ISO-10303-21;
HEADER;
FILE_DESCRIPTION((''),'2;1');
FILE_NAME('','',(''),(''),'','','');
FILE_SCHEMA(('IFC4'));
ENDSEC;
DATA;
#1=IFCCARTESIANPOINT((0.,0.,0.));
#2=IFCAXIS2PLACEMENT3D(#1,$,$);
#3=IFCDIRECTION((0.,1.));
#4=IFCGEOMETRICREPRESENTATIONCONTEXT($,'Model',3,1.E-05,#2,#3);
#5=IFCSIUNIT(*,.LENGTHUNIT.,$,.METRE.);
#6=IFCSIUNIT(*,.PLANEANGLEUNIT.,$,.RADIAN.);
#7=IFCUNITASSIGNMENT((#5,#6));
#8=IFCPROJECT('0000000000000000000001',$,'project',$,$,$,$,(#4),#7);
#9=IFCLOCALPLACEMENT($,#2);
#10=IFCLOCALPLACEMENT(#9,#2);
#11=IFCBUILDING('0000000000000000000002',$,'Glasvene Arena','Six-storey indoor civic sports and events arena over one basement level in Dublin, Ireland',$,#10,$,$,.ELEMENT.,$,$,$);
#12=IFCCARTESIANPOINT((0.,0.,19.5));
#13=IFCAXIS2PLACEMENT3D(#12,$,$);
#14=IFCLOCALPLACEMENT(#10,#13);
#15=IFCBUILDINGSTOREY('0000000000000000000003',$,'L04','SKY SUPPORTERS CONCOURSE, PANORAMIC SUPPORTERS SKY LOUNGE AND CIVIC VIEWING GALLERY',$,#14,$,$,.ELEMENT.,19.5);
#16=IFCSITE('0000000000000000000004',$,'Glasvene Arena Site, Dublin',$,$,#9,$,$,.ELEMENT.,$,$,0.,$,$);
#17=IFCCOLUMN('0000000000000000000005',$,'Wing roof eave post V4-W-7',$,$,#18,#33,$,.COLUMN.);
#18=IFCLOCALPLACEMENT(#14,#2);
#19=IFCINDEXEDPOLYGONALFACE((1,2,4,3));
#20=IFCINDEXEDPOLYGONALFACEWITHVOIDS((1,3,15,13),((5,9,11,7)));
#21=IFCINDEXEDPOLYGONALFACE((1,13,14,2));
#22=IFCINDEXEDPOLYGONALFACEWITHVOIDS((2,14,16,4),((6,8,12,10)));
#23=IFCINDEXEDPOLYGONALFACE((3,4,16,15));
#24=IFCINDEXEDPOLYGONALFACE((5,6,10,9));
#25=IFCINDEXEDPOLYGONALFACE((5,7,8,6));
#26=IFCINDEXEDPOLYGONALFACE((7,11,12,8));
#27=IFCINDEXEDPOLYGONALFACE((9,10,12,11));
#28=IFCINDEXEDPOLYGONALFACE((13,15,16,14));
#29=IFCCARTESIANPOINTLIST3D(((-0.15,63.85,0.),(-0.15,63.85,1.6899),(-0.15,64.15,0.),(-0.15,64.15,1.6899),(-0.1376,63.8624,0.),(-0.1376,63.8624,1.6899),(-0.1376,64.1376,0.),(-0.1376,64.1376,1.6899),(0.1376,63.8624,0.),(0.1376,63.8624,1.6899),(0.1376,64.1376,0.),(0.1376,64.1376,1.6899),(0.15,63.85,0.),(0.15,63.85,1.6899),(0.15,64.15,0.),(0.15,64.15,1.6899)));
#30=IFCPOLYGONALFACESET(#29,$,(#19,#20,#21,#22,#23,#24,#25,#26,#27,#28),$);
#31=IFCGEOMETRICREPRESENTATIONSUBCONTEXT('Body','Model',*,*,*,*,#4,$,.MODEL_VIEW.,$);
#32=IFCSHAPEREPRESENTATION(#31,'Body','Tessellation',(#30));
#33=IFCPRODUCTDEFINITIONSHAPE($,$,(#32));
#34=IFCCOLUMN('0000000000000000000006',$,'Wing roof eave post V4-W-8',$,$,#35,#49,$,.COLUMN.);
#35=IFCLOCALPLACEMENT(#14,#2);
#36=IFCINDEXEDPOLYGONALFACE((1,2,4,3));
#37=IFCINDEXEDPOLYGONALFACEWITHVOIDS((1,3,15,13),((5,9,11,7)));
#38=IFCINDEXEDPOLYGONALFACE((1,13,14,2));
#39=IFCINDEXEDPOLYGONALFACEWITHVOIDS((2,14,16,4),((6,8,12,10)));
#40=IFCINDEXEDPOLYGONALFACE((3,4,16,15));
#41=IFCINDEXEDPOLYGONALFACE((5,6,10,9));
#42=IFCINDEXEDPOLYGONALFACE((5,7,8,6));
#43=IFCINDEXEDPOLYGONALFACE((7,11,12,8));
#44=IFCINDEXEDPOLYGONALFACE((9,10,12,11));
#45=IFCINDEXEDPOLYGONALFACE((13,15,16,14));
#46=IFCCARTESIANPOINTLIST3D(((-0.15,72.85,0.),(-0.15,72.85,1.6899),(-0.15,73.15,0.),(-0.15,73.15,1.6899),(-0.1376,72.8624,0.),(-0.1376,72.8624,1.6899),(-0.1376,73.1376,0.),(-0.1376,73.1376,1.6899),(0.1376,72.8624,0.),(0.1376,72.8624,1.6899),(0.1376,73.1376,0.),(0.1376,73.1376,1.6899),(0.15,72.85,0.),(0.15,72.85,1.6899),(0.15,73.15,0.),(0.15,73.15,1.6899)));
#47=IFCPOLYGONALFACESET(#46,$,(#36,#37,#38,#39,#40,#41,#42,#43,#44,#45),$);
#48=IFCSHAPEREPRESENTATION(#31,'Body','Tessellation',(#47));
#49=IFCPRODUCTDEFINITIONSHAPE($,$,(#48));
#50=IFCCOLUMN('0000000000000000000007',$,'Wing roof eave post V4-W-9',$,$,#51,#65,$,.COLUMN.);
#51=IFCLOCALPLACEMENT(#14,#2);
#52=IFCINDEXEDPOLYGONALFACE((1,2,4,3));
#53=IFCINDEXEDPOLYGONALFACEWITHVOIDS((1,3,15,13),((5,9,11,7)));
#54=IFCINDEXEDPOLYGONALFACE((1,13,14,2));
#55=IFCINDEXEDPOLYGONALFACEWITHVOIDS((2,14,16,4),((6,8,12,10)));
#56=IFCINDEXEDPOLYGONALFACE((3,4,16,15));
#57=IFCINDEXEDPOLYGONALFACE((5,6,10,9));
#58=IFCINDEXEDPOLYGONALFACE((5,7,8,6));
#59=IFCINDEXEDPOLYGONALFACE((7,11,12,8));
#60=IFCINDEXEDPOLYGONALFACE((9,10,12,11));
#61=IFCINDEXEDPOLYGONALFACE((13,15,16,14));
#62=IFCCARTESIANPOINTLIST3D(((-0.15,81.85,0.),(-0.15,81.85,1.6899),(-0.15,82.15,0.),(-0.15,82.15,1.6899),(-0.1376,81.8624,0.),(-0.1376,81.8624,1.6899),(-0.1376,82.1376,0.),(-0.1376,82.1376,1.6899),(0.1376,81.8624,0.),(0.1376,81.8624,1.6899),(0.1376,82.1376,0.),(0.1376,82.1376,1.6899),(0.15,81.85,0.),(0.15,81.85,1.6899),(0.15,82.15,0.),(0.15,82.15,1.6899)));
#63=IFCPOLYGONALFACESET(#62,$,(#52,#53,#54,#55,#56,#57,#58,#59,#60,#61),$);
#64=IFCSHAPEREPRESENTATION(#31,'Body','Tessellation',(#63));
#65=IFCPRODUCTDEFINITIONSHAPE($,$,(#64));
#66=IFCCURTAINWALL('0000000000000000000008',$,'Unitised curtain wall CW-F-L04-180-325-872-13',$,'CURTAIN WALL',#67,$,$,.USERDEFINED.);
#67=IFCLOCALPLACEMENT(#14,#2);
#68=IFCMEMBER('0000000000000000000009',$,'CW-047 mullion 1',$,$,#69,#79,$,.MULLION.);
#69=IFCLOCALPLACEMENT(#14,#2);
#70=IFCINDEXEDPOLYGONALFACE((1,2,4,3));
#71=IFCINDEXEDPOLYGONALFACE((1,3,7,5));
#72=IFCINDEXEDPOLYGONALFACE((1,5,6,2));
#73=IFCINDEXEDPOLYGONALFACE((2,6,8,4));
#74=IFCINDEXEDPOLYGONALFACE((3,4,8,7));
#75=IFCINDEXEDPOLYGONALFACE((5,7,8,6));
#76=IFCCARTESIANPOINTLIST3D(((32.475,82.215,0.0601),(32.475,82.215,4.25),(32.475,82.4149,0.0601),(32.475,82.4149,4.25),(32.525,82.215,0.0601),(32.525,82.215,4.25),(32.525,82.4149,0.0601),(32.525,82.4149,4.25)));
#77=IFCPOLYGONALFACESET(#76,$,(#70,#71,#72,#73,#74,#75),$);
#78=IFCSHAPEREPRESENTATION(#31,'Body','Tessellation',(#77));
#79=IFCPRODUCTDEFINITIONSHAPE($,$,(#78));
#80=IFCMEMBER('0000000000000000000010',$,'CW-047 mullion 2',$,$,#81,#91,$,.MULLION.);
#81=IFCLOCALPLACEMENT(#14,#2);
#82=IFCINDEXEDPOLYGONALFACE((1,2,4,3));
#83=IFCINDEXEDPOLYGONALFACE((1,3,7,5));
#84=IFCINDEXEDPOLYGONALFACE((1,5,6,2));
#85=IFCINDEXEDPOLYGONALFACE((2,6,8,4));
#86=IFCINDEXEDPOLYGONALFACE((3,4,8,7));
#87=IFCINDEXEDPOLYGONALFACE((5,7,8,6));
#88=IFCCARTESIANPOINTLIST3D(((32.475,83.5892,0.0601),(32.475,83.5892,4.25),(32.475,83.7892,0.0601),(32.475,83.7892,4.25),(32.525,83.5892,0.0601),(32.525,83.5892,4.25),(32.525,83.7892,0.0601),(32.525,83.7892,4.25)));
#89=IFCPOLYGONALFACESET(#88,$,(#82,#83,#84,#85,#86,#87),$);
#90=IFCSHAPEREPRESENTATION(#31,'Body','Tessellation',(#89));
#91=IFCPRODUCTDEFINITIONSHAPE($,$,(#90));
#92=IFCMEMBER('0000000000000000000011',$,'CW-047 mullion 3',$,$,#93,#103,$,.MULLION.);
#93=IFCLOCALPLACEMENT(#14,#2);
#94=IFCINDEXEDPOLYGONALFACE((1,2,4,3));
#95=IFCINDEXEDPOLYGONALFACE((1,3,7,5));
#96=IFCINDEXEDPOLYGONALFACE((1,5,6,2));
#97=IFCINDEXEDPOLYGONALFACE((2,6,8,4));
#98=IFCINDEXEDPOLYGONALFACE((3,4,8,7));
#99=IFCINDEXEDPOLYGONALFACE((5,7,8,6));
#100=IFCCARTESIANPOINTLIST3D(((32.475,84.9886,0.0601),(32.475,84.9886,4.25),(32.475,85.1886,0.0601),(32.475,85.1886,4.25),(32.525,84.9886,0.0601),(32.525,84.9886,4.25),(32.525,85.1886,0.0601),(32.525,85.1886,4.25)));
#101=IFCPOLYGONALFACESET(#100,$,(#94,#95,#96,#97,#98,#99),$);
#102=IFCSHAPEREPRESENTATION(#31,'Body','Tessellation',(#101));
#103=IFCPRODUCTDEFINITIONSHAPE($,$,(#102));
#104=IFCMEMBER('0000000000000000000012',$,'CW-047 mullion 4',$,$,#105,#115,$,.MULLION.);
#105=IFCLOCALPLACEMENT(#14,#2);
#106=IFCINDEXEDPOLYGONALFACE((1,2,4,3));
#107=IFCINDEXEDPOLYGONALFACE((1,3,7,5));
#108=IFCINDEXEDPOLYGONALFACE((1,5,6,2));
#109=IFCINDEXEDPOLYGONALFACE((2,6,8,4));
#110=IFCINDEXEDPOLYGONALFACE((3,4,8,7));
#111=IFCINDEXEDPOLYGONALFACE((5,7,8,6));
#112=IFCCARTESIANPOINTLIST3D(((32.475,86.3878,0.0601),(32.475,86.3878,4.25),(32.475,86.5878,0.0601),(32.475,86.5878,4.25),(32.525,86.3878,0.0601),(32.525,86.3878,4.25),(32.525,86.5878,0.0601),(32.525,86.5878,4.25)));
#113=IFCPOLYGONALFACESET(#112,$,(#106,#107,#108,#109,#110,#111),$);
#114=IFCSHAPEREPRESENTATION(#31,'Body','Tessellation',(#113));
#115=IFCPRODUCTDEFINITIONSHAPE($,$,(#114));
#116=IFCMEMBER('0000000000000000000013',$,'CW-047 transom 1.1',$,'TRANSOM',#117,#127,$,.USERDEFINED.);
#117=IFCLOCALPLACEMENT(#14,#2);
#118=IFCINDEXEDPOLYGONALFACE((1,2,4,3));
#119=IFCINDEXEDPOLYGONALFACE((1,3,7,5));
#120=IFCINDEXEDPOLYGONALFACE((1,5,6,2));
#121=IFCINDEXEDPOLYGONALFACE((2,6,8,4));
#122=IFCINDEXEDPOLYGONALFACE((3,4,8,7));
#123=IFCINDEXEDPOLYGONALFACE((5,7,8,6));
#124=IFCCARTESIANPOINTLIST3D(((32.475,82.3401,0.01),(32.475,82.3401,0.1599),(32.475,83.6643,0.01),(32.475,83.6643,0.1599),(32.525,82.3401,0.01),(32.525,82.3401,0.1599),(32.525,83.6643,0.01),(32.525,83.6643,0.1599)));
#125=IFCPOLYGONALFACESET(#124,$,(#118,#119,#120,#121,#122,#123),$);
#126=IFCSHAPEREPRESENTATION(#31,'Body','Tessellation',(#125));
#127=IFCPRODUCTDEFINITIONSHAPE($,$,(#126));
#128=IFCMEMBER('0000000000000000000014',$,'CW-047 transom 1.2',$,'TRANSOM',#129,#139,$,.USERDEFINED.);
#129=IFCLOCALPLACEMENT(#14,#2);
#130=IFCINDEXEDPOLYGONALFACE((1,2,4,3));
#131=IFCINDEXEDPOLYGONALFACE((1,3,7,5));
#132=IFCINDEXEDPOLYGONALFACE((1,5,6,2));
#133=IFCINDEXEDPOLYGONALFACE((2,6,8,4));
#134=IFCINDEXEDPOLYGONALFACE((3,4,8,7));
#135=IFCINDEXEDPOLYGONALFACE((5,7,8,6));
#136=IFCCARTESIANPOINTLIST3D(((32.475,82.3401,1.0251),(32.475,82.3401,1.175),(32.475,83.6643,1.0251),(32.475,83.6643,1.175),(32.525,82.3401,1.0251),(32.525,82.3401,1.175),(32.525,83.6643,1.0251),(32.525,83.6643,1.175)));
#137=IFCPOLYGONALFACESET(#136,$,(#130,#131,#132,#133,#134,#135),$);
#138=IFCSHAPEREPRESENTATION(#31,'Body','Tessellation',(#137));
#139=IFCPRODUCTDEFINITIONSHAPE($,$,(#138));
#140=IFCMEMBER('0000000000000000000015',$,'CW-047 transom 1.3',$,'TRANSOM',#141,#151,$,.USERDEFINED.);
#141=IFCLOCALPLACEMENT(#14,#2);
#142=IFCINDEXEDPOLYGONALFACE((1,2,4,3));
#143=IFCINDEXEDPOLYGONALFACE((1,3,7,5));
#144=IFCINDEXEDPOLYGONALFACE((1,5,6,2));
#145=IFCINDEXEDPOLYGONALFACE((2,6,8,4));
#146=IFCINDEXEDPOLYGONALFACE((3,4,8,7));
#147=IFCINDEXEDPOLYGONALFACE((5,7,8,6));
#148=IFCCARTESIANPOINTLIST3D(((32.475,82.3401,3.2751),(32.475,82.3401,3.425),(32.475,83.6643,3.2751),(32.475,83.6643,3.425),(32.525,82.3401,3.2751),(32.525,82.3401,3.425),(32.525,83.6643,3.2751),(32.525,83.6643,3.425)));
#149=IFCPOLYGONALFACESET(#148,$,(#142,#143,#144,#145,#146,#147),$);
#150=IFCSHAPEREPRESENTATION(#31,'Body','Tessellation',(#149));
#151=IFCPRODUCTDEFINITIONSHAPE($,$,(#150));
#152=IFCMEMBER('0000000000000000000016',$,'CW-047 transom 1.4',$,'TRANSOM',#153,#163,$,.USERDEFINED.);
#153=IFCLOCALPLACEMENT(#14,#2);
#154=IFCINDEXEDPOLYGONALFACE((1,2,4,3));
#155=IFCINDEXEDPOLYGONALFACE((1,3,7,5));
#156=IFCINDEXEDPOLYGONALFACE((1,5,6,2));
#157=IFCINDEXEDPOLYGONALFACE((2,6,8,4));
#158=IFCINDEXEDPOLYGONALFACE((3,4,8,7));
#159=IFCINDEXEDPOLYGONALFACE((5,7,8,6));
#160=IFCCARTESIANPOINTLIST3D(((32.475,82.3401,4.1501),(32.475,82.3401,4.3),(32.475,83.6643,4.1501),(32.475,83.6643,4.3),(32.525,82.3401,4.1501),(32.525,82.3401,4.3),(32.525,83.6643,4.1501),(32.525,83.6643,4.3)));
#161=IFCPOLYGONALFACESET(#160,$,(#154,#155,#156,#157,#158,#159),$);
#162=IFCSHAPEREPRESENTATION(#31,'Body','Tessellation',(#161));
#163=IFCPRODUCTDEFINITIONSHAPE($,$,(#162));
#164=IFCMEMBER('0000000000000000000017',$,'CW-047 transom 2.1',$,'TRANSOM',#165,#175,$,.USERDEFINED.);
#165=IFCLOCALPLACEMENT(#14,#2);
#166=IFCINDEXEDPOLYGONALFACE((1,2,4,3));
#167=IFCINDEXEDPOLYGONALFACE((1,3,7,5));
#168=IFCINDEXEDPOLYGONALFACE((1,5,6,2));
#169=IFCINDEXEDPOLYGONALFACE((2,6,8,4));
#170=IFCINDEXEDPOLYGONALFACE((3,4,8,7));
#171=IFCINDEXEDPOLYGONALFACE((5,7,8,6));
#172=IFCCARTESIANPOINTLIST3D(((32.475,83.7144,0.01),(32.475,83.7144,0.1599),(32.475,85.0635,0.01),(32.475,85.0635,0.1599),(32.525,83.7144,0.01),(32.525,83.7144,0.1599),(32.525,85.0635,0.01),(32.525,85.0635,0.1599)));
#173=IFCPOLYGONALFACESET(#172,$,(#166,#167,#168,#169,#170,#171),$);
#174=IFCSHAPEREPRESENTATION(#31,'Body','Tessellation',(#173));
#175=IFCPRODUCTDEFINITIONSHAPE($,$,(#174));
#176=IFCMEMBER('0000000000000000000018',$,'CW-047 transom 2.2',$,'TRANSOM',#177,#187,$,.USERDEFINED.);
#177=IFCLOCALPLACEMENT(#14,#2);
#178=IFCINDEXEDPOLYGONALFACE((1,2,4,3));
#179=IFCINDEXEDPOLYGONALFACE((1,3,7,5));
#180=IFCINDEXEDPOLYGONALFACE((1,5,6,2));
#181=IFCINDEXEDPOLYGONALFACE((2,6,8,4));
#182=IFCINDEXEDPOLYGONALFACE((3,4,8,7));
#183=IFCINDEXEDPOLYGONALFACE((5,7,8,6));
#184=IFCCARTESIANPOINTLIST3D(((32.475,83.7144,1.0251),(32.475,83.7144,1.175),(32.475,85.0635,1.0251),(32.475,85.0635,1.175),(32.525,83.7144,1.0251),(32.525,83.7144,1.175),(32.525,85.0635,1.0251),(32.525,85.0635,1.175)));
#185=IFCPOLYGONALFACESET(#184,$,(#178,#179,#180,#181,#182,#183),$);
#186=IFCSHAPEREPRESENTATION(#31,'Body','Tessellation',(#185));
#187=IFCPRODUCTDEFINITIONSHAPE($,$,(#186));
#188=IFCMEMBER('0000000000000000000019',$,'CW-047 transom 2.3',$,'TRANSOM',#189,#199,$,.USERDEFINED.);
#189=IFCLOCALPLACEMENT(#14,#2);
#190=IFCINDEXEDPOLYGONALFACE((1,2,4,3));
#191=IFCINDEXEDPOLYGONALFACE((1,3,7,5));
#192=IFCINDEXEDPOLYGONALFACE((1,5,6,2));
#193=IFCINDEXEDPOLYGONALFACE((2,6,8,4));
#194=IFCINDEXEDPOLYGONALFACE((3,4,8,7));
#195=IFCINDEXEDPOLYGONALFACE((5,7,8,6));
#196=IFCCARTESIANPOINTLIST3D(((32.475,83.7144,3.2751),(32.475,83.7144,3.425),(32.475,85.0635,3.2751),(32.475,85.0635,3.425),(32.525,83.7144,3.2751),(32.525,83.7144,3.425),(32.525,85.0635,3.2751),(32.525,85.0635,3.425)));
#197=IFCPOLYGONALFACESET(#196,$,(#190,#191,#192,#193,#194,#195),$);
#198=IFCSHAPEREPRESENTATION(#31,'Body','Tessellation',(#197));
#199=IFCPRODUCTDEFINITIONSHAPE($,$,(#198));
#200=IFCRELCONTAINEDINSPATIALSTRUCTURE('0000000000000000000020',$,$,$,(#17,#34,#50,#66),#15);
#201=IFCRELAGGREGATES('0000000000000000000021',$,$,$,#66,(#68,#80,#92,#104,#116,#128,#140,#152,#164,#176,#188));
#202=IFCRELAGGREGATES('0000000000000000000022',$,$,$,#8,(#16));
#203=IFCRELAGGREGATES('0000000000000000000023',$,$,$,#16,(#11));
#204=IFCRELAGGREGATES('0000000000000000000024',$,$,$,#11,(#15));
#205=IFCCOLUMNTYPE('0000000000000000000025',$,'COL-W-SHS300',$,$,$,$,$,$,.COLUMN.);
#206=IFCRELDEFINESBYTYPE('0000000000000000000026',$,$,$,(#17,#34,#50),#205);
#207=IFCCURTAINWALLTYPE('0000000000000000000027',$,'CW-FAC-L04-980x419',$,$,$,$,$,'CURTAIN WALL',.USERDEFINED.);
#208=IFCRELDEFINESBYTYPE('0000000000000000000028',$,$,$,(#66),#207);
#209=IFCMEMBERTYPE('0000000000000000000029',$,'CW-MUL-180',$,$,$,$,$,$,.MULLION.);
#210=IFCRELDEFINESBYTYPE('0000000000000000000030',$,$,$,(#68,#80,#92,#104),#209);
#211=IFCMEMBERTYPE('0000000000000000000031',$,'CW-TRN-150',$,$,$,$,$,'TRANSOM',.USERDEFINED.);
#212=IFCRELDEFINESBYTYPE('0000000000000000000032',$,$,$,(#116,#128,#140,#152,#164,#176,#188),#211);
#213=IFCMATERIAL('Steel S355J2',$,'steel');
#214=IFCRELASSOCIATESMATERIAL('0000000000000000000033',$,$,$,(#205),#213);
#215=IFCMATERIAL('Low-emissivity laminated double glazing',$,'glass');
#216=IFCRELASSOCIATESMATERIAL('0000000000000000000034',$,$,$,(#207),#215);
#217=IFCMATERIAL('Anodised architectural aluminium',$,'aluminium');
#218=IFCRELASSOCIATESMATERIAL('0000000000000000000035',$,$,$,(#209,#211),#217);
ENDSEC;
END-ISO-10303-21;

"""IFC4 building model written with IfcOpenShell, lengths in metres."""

from ifc_helpers import new_model, si_unit, direction, frame, origin, origin_2d, place, context, subcontext, project, spatial, rectangle, hollow_rectangle, extrude, material, material_profile, profile_set, type_object, element, aggregate, save


model = new_model("IFC4")

# Units and contexts
model_context = context("Model", 3, precision=1e-05, world=origin(), true_north=direction((0.0, 1.0)))
body_context = subcontext(model_context, "Body", "Model", "MODEL_VIEW")
ifc_project = project(units=[si_unit("LENGTHUNIT", "METRE"), si_unit("PLANEANGLEUNIT", "RADIAN")], contexts=[model_context])

# Site, building, storey
site_placement = place(None, origin())
site = spatial("IfcSite", under=ifc_project, at=site_placement, Name="Glasvene Arena Site, Dublin", CompositionType="ELEMENT", RefElevation=0.0)
building_placement = place(site_placement, origin())
building = spatial("IfcBuilding", under=site, at=building_placement, Name="Glasvene Arena", Description="Six-storey indoor civic sports and events arena over one basement level in Dublin, Ireland", CompositionType="ELEMENT")
storey_placement = place(building_placement, frame((0.0, 0.0, 19.5)))
storey = spatial("IfcBuildingStorey", under=building, at=storey_placement, Name="L04", Description="SKY SUPPORTERS CONCOURSE, PANORAMIC SUPPORTERS SKY LOUNGE AND CIVIC VIEWING GALLERY", CompositionType="ELEMENT", Elevation=19.5)

# Columns
ifc_material_1 = material(Name="Steel S355J2", Category="steel")
ifc_material_profile_1 = material_profile(ifc_material_1, hollow_rectangle(XDim=0.3, YDim=0.3, WallThickness=0.0125, at=origin_2d()), Name="SHS 300x300x12.5")
ifc_profile_set_1 = profile_set([ifc_material_profile_1], Name="Steel S355J2")
column_type = type_object("IfcColumnType", Name="COL-W-SHS300", PredefinedType="COLUMN", material=ifc_profile_set_1)
for number, where, z_axis, x_axis, name in (
    (1, (0.0, 64.0, 0.0), (0.0, 0.0, 1.0), (1.0, 0.0, 0.0), "Wing roof eave post V4-W-7"),
    (2, (0.0, 73.0, 0.0), (0.0, 0.0, 1.0), (1.0, 0.0, 0.0), "Wing roof eave post V4-W-8"),
    (3, (0.0, 82.0, 0.0), (0.0, 0.0, 1.0), (1.0, 0.0, 0.0), "Wing roof eave post V4-W-9"),
):
    element("IfcColumn", number, at=place(storey_placement, frame(where, z_axis=z_axis, x_axis=x_axis)), inside=storey, type_object=column_type, Name=name, PredefinedType="COLUMN", context=body_context, shape_type="SweptSolid", body=[
        extrude(hollow_rectangle(XDim=0.3, YDim=0.3, WallThickness=0.0125, at=origin_2d()), origin(), (0.0, 0.0, 1.0), 1.6899),
    ])

# Curtain wall, members
ifc_material_2 = material(Name="Low-emissivity laminated double glazing", Category="glass")
curtain_wall_type = type_object("IfcCurtainWallType", Name="CW-FAC-L04-980x419", ElementType="CURTAIN WALL", PredefinedType="USERDEFINED", material=ifc_material_2)
curtain_wall_placement = place(storey_placement, frame((32.5, 82.29, 0.0)))
curtain_wall = element("IfcCurtainWall", 4, at=curtain_wall_placement, inside=storey, type_object=curtain_wall_type, Name="Unitised curtain wall CW-F-L04-180-325-872-13", ObjectType="CURTAIN WALL", PredefinedType="USERDEFINED")
ifc_material_3 = material(Name="Anodised architectural aluminium", Category="aluminium")
ifc_material_profile_2 = material_profile(ifc_material_3, rectangle(XDim=0.05, YDim=0.2, at=origin_2d()), Name="ALU MULLION 50x200")
ifc_profile_set_2 = profile_set([ifc_material_profile_2], Name="Anodised architectural aluminium")
member_type_1 = type_object("IfcMemberType", Name="CW-MUL-180", PredefinedType="MULLION", material=ifc_profile_set_2)
member_1_placement = place(storey_placement, frame((32.5, 82.3149, 0.0601), z_axis=(0.0, 0.0, 1.0), x_axis=(-1.0, 0.0, 0.0)))
member_1 = element("IfcMember", 5, at=member_1_placement, type_object=member_type_1, Name="CW-047 mullion 1", PredefinedType="MULLION", context=body_context, shape_type="SweptSolid", body=[
    extrude(rectangle(XDim=0.05, YDim=0.2, at=origin_2d()), origin(), (0.0, 0.0, 1.0), 4.1899),
])
member_2_placement = place(storey_placement, frame((32.5, 83.6892, 0.0601), z_axis=(0.0, 0.0, 1.0), x_axis=(-1.0, 0.0, 0.0)))
member_2 = element("IfcMember", 6, at=member_2_placement, type_object=member_type_1, Name="CW-047 mullion 2", PredefinedType="MULLION", context=body_context, shape_type="SweptSolid", body=[
    extrude(rectangle(XDim=0.05, YDim=0.2, at=origin_2d()), origin(), (0.0, 0.0, 1.0), 4.1899),
])
member_3_placement = place(storey_placement, frame((32.5, 85.0886, 0.0601), z_axis=(0.0, 0.0, 1.0), x_axis=(-1.0, 0.0, 0.0)))
member_3 = element("IfcMember", 7, at=member_3_placement, type_object=member_type_1, Name="CW-047 mullion 3", PredefinedType="MULLION", context=body_context, shape_type="SweptSolid", body=[
    extrude(rectangle(XDim=0.05, YDim=0.2, at=origin_2d()), origin(), (0.0, 0.0, 1.0), 4.1899),
])
member_4_placement = place(storey_placement, frame((32.5, 86.4878, 0.0601), z_axis=(0.0, 0.0, 1.0), x_axis=(-1.0, 0.0, 0.0)))
member_4 = element("IfcMember", 8, at=member_4_placement, type_object=member_type_1, Name="CW-047 mullion 4", PredefinedType="MULLION", context=body_context, shape_type="SweptSolid", body=[
    extrude(rectangle(XDim=0.05, YDim=0.2, at=origin_2d()), origin(), (0.0, 0.0, 1.0), 4.1899),
])
ifc_material_profile_3 = material_profile(ifc_material_3, rectangle(XDim=0.05, YDim=0.1499, at=origin_2d()), Name="ALU TRANSOM 50x150")
ifc_profile_set_3 = profile_set([ifc_material_profile_3], Name="Anodised architectural aluminium")
member_type_2 = type_object("IfcMemberType", Name="CW-TRN-150", ElementType="TRANSOM", PredefinedType="USERDEFINED", material=ifc_profile_set_3)
member_5_placement = place(storey_placement, frame((32.5, 82.3401, 0.085), z_axis=(0.0, 1.0, 0.0), x_axis=(-1.0, 0.0, 0.0)))
member_5 = element("IfcMember", 9, at=member_5_placement, type_object=member_type_2, Name="CW-047 transom 1.1", ObjectType="TRANSOM", PredefinedType="USERDEFINED", context=body_context, shape_type="SweptSolid", body=[
    extrude(rectangle(XDim=0.05, YDim=0.1499, at=origin_2d()), origin(), (0.0, 0.0, 1.0), 1.3242),
])
member_6_placement = place(storey_placement, frame((32.5, 82.3401, 1.1001), z_axis=(0.0, 1.0, 0.0), x_axis=(-1.0, 0.0, 0.0)))
member_6 = element("IfcMember", 10, at=member_6_placement, type_object=member_type_2, Name="CW-047 transom 1.2", ObjectType="TRANSOM", PredefinedType="USERDEFINED", context=body_context, shape_type="SweptSolid", body=[
    extrude(rectangle(XDim=0.05, YDim=0.1499, at=origin_2d()), origin(), (0.0, 0.0, 1.0), 1.3242),
])
member_7_placement = place(storey_placement, frame((32.5, 82.3401, 3.3501), z_axis=(0.0, 1.0, 0.0), x_axis=(-1.0, 0.0, 0.0)))
member_7 = element("IfcMember", 11, at=member_7_placement, type_object=member_type_2, Name="CW-047 transom 1.3", ObjectType="TRANSOM", PredefinedType="USERDEFINED", context=body_context, shape_type="SweptSolid", body=[
    extrude(rectangle(XDim=0.05, YDim=0.1499, at=origin_2d()), origin(), (0.0, 0.0, 1.0), 1.3242),
])
member_8_placement = place(storey_placement, frame((32.5, 82.3401, 4.2251), z_axis=(0.0, 1.0, 0.0), x_axis=(-1.0, 0.0, 0.0)))
member_8 = element("IfcMember", 12, at=member_8_placement, type_object=member_type_2, Name="CW-047 transom 1.4", ObjectType="TRANSOM", PredefinedType="USERDEFINED", context=body_context, shape_type="SweptSolid", body=[
    extrude(rectangle(XDim=0.05, YDim=0.1499, at=origin_2d()), origin(), (0.0, 0.0, 1.0), 1.3242),
])
member_9_placement = place(storey_placement, frame((32.5, 83.7144, 0.085), z_axis=(0.0, 1.0, 0.0), x_axis=(-1.0, 0.0, 0.0)))
member_9 = element("IfcMember", 13, at=member_9_placement, type_object=member_type_2, Name="CW-047 transom 2.1", ObjectType="TRANSOM", PredefinedType="USERDEFINED", context=body_context, shape_type="SweptSolid", body=[
    extrude(rectangle(XDim=0.05, YDim=0.1499, at=origin_2d()), origin(), (0.0, 0.0, 1.0), 1.3491),
])
member_10_placement = place(storey_placement, frame((32.5, 83.7144, 1.1001), z_axis=(0.0, 1.0, 0.0), x_axis=(-1.0, 0.0, 0.0)))
member_10 = element("IfcMember", 14, at=member_10_placement, type_object=member_type_2, Name="CW-047 transom 2.2", ObjectType="TRANSOM", PredefinedType="USERDEFINED", context=body_context, shape_type="SweptSolid", body=[
    extrude(rectangle(XDim=0.05, YDim=0.1499, at=origin_2d()), origin(), (0.0, 0.0, 1.0), 1.3491),
])
member_11_placement = place(storey_placement, frame((32.5, 83.7144, 3.3501), z_axis=(0.0, 1.0, 0.0), x_axis=(-1.0, 0.0, 0.0)))
member_11 = element("IfcMember", 15, at=member_11_placement, type_object=member_type_2, Name="CW-047 transom 2.3", ObjectType="TRANSOM", PredefinedType="USERDEFINED", context=body_context, shape_type="SweptSolid", body=[
    extrude(rectangle(XDim=0.05, YDim=0.1499, at=origin_2d()), origin(), (0.0, 0.0, 1.0), 1.3491),
])
aggregate(curtain_wall, [member_1, member_2, member_3, member_4, member_5, member_6, member_7, member_8, member_9, member_10, member_11])

save(model, "model.ifc")
